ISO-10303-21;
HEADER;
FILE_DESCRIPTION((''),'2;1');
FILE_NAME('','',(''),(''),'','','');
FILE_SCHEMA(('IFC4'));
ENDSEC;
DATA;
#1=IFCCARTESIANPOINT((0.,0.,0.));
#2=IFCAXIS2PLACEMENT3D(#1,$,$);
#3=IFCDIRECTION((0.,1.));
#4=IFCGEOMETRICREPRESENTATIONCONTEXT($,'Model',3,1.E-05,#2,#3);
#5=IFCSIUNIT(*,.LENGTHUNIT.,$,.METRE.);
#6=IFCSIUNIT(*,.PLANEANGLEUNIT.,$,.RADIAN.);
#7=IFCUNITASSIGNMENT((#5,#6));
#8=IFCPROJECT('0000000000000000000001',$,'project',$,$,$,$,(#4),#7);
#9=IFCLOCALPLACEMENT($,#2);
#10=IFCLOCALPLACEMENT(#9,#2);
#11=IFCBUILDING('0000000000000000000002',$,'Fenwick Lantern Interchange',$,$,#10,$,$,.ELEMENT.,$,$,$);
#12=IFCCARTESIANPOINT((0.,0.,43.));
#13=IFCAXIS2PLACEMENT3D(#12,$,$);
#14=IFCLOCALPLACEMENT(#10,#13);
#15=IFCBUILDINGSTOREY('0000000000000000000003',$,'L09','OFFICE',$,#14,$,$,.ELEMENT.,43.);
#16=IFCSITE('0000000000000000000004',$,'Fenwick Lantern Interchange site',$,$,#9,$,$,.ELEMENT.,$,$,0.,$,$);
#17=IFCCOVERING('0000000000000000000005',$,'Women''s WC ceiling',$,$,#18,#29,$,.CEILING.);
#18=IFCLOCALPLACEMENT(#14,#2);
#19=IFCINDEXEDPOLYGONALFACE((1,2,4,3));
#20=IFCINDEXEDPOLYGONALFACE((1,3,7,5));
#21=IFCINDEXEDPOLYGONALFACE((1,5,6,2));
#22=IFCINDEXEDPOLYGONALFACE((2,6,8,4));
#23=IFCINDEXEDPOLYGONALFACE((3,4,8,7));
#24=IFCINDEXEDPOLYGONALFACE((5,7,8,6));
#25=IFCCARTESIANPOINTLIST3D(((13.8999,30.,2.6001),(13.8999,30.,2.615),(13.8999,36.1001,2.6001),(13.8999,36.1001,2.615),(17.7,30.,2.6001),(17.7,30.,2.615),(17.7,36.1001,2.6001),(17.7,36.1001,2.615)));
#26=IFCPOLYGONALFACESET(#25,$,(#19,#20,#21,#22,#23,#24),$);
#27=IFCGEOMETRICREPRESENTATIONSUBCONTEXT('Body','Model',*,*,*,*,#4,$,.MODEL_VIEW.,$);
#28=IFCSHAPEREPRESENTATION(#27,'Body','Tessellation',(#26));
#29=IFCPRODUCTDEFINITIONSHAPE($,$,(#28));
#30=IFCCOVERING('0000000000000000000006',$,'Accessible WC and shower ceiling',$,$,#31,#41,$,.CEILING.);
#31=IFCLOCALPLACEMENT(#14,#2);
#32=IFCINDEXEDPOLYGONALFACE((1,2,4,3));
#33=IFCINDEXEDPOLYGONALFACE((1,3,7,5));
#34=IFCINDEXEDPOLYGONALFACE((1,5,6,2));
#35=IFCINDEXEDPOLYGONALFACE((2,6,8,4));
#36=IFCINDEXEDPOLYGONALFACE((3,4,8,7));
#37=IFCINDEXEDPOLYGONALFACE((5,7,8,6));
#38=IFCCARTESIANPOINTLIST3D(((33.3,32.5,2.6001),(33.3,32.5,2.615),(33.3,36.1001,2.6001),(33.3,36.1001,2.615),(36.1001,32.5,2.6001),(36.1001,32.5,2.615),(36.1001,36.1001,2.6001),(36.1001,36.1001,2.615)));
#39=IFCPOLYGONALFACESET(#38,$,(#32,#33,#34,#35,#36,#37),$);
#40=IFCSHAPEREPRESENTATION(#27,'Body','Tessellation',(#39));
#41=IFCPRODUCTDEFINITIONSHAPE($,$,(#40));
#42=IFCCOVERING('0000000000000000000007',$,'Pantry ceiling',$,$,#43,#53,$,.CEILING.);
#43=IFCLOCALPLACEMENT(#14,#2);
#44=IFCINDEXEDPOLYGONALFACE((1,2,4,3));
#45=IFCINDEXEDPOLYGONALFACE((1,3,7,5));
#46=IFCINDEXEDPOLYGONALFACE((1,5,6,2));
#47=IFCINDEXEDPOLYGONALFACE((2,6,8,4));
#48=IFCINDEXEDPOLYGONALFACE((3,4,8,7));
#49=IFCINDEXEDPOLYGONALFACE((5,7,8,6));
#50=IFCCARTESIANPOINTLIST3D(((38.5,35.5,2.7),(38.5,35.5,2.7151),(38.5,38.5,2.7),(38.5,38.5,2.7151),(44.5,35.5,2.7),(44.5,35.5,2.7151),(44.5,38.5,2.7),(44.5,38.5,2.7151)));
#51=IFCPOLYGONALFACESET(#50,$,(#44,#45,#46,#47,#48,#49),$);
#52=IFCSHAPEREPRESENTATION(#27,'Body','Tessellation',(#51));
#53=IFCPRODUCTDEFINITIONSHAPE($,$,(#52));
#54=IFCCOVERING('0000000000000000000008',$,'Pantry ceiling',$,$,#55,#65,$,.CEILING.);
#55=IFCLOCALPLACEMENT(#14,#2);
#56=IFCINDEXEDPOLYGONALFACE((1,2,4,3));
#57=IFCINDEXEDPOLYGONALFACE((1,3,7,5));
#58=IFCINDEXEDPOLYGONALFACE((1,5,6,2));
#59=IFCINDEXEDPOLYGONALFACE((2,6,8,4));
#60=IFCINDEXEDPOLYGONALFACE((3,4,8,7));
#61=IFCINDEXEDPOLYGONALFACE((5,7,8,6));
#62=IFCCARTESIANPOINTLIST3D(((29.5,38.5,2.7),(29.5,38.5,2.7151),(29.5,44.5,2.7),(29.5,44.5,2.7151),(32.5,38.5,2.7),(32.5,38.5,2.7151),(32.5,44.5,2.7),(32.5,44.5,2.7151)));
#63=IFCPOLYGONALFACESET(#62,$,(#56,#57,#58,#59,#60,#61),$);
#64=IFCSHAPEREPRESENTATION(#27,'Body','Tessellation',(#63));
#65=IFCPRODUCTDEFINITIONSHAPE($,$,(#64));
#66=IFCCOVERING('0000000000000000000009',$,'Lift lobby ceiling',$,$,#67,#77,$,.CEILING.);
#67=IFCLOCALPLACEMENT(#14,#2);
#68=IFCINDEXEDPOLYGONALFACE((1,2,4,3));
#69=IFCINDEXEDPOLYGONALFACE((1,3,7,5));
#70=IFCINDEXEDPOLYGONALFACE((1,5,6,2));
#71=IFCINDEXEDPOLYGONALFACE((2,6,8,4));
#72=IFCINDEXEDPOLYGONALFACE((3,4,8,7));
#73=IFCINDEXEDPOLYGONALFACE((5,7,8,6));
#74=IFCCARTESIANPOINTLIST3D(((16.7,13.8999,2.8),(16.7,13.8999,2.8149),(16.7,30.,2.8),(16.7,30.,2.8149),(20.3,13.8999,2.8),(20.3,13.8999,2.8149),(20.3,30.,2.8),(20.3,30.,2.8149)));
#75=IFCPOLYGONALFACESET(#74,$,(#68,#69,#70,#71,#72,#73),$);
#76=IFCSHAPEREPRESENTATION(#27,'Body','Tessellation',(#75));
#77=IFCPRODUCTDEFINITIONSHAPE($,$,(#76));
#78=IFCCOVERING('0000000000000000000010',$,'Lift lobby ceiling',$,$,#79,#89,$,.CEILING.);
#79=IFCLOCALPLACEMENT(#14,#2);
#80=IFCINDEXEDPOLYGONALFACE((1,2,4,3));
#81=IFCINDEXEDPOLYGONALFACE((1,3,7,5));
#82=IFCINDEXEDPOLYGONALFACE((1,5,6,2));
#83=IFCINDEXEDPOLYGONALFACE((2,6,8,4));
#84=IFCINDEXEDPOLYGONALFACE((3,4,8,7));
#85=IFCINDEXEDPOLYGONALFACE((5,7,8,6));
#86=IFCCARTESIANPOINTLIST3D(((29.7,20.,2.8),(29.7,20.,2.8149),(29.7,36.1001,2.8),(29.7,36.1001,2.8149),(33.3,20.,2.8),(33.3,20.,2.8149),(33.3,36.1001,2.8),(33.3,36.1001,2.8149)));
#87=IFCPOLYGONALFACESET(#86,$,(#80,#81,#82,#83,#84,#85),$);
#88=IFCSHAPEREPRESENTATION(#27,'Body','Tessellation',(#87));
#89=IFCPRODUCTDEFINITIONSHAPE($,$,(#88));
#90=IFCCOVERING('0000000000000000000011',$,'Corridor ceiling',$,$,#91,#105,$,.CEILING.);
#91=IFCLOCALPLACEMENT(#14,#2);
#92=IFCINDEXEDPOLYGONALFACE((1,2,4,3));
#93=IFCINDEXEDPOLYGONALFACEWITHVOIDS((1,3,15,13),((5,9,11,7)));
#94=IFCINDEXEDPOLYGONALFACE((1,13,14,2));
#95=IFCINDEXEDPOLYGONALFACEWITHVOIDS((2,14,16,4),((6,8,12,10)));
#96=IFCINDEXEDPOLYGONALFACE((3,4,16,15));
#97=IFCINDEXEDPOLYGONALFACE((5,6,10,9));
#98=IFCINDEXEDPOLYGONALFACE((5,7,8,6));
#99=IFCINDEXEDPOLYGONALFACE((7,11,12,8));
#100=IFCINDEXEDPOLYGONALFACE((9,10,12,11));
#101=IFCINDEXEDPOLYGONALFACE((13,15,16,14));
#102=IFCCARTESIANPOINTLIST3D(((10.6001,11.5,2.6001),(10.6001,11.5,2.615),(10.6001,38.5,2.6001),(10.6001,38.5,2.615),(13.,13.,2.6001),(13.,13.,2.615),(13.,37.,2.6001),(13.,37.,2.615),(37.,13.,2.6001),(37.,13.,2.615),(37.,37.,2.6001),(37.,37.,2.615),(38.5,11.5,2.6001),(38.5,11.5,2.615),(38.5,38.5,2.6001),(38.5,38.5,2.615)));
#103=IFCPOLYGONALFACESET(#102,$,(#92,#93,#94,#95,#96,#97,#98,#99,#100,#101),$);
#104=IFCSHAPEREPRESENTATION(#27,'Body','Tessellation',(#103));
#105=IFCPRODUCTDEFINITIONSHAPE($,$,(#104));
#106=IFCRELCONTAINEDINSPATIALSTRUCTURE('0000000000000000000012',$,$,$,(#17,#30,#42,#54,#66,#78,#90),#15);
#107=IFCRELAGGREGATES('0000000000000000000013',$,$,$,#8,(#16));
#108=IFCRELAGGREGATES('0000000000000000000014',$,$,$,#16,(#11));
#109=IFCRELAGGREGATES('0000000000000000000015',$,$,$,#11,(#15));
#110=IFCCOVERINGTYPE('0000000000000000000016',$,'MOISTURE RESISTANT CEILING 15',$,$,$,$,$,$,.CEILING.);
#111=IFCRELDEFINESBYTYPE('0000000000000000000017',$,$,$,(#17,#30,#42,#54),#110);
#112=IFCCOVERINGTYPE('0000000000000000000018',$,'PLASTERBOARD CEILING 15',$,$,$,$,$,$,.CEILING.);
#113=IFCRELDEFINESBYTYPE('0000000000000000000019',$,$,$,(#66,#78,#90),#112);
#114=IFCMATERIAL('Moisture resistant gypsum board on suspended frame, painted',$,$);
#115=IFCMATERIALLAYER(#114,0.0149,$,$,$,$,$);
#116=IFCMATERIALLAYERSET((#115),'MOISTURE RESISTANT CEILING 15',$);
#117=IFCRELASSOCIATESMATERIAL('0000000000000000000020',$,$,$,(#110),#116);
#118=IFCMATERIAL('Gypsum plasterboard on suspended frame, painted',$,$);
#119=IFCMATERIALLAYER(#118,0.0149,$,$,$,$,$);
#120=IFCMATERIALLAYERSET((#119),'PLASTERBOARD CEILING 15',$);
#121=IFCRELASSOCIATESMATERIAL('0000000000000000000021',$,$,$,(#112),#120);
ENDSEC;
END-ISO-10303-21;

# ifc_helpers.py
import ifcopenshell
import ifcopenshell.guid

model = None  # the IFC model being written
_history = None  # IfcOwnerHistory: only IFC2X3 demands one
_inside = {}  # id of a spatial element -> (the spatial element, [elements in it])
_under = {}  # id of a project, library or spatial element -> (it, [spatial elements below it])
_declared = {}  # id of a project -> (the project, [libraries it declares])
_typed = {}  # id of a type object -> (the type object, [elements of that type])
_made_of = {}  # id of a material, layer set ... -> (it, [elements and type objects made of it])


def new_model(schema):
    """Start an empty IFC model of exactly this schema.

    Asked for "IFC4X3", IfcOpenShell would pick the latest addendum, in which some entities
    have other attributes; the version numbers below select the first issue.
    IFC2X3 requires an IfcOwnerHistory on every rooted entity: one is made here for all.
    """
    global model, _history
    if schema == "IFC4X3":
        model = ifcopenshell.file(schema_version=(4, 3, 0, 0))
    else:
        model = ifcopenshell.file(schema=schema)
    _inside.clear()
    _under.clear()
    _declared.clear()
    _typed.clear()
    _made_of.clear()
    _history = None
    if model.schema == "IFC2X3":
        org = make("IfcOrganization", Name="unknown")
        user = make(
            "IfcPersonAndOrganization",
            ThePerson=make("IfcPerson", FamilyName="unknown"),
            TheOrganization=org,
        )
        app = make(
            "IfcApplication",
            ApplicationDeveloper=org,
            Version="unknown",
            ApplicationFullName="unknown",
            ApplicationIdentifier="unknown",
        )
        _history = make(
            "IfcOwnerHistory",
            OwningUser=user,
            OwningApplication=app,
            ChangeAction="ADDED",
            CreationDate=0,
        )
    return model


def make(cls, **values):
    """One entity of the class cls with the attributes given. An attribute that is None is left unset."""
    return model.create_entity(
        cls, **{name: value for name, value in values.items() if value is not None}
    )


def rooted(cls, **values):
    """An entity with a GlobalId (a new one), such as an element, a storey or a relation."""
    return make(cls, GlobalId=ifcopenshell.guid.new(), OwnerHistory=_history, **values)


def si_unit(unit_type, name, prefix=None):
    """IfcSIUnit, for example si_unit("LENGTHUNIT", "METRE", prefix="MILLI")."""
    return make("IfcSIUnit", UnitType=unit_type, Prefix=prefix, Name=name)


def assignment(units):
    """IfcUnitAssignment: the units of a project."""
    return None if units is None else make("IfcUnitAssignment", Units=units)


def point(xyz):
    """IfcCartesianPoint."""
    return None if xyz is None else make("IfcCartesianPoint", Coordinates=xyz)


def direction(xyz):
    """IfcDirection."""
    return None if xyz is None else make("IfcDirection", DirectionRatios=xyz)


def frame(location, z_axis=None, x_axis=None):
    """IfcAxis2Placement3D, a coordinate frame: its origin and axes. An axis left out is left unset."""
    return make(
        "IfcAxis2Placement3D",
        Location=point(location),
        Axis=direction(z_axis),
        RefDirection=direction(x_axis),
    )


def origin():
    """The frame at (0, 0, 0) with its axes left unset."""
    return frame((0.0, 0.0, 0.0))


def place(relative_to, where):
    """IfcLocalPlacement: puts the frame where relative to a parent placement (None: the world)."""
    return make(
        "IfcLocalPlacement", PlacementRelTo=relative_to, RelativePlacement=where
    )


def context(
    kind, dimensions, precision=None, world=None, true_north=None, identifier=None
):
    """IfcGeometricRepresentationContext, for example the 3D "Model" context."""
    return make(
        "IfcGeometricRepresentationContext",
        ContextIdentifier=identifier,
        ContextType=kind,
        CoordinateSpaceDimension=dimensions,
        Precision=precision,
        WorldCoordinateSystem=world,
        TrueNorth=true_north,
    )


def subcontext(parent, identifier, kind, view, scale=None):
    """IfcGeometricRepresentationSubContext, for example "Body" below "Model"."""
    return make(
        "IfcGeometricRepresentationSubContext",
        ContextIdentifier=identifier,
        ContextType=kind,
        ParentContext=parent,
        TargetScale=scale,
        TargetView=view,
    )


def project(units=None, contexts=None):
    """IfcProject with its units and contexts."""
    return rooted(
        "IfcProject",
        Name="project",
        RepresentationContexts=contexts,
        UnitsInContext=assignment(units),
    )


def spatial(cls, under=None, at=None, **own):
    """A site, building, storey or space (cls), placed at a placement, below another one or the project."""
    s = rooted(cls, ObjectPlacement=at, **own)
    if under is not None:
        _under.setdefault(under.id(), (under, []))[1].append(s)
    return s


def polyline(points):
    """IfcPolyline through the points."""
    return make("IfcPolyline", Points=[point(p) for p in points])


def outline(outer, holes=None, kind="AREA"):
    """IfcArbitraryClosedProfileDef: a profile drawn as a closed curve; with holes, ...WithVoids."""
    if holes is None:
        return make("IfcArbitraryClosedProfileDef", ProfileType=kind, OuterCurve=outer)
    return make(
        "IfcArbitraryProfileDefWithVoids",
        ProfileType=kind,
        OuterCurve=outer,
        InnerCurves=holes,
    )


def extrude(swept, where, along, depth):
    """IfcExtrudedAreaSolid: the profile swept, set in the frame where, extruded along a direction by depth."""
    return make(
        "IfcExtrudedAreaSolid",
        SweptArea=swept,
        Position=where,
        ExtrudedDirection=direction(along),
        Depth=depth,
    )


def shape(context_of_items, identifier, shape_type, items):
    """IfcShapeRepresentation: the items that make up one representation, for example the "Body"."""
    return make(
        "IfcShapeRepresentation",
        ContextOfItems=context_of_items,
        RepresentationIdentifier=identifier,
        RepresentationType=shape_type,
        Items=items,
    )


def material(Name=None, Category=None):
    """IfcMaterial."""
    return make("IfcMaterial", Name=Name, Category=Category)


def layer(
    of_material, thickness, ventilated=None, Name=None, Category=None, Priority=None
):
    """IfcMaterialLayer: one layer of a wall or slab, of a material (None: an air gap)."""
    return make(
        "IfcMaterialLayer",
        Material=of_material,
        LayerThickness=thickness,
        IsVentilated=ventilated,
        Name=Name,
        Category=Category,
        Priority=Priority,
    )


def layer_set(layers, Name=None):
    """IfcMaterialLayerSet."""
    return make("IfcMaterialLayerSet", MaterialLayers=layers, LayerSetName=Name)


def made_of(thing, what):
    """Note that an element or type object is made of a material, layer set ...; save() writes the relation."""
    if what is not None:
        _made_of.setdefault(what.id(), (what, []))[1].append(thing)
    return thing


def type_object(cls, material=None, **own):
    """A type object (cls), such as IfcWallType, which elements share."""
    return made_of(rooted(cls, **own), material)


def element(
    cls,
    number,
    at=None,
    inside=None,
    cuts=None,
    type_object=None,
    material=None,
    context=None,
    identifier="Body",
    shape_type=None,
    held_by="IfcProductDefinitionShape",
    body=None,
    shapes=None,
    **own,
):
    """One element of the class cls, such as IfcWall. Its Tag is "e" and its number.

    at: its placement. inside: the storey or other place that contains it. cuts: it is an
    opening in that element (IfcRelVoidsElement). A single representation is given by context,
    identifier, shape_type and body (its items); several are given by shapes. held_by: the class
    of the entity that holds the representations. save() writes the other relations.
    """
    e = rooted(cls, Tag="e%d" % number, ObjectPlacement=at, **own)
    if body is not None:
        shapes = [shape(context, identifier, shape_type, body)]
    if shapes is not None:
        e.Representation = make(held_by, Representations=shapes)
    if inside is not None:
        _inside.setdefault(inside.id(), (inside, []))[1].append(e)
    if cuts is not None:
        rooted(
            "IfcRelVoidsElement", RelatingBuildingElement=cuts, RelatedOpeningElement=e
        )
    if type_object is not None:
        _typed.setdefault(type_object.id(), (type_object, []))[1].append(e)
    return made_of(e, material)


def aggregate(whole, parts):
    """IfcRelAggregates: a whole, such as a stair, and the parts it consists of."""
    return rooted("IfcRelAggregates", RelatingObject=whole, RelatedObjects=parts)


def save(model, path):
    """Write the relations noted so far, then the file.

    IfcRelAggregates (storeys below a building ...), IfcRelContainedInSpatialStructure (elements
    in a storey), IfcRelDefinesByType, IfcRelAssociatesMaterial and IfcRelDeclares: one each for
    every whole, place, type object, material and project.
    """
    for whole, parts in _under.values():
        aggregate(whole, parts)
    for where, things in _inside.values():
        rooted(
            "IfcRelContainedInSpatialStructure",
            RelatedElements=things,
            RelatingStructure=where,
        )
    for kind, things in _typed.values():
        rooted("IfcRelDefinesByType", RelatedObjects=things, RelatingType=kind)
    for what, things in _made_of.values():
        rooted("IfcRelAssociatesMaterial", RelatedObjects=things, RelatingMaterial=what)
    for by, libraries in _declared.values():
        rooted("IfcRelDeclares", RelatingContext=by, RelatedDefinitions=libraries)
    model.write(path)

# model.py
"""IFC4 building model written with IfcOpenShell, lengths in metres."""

from ifc_helpers import new_model, si_unit, direction, frame, origin, place, context, subcontext, project, spatial, polyline, outline, extrude, material, layer, layer_set, type_object, element, save


model = new_model("IFC4")

# Units and contexts
model_context = context("Model", 3, precision=1e-05, world=origin(), true_north=direction((0.0, 1.0)))
body_context = subcontext(model_context, "Body", "Model", "MODEL_VIEW")
ifc_project = project(units=[si_unit("LENGTHUNIT", "METRE"), si_unit("PLANEANGLEUNIT", "RADIAN")], contexts=[model_context])

# Site, building, storey
site_placement = place(None, origin())
site = spatial("IfcSite", under=ifc_project, at=site_placement, Name="Fenwick Lantern Interchange site", CompositionType="ELEMENT", RefElevation=0.0)
building_placement = place(site_placement, origin())
building = spatial("IfcBuilding", under=site, at=building_placement, Name="Fenwick Lantern Interchange", CompositionType="ELEMENT")
storey_placement = place(building_placement, frame((0.0, 0.0, 43.0)))
storey = spatial("IfcBuildingStorey", under=building, at=storey_placement, Name="L09", Description="OFFICE", CompositionType="ELEMENT", Elevation=43.0)

# Coverings
ifc_material_1 = material(Name="Moisture resistant gypsum board on suspended frame, painted")
ifc_layer_1 = layer(ifc_material_1, 0.0149)
ifc_layer_set_1 = layer_set([ifc_layer_1], Name="MOISTURE RESISTANT CEILING 15")
covering_type_1 = type_object("IfcCoveringType", Name="MOISTURE RESISTANT CEILING 15", PredefinedType="CEILING", material=ifc_layer_set_1)
covering_1_placement = place(storey_placement, frame((0.0, 0.0, 2.6001)))
element("IfcCovering", 1, at=covering_1_placement, inside=storey, type_object=covering_type_1, Name="Women's WC ceiling", PredefinedType="CEILING", context=body_context, shape_type="SweptSolid", body=[
    extrude(outline(polyline([(17.7, 36.1001), (13.8999, 36.1001), (13.8999, 30.0), (17.7, 30.0), (17.7, 36.1001)])), origin(), (0.0, 0.0, 1.0), 0.0149),
])
covering_2_placement = place(storey_placement, frame((0.0, 0.0, 2.6001)))
element("IfcCovering", 2, at=covering_2_placement, inside=storey, type_object=covering_type_1, Name="Accessible WC and shower ceiling", PredefinedType="CEILING", context=body_context, shape_type="SweptSolid", body=[
    extrude(outline(polyline([(36.1001, 36.1001), (33.3, 36.1001), (33.3, 32.5), (36.1001, 32.5), (36.1001, 36.1001)])), origin(), (0.0, 0.0, 1.0), 0.0149),
])
covering_3_placement = place(storey_placement, frame((0.0, 0.0, 2.7)))
element("IfcCovering", 3, at=covering_3_placement, inside=storey, type_object=covering_type_1, Name="Pantry ceiling", PredefinedType="CEILING", context=body_context, shape_type="SweptSolid", body=[
    extrude(outline(polyline([(44.5, 35.5), (44.5, 38.5), (38.5, 38.5), (38.5, 35.5), (44.5, 35.5)])), origin(), (0.0, 0.0, 1.0), 0.0151),
])
covering_4_placement = place(storey_placement, frame((0.0, 0.0, 2.7)))
element("IfcCovering", 4, at=covering_4_placement, inside=storey, type_object=covering_type_1, Name="Pantry ceiling", PredefinedType="CEILING", context=body_context, shape_type="SweptSolid", body=[
    extrude(outline(polyline([(32.5, 44.5), (29.5, 44.5), (29.5, 38.5), (32.5, 38.5), (32.5, 44.5)])), origin(), (0.0, 0.0, 1.0), 0.0151),
])
ifc_material_2 = material(Name="Gypsum plasterboard on suspended frame, painted")
ifc_layer_2 = layer(ifc_material_2, 0.0149)
ifc_layer_set_2 = layer_set([ifc_layer_2], Name="PLASTERBOARD CEILING 15")
covering_type_2 = type_object("IfcCoveringType", Name="PLASTERBOARD CEILING 15", PredefinedType="CEILING", material=ifc_layer_set_2)
covering_5_placement = place(storey_placement, frame((0.0, 0.0, 2.8)))
element("IfcCovering", 5, at=covering_5_placement, inside=storey, type_object=covering_type_2, Name="Lift lobby ceiling", PredefinedType="CEILING", context=body_context, shape_type="SweptSolid", body=[
    extrude(outline(polyline([(16.7, 13.8999), (20.3, 13.8999), (20.3, 30.0), (16.7, 30.0), (16.7, 13.8999)])), origin(), (0.0, 0.0, 1.0), 0.0149),
])
covering_6_placement = place(storey_placement, frame((0.0, 0.0, 2.8)))
element("IfcCovering", 6, at=covering_6_placement, inside=storey, type_object=covering_type_2, Name="Lift lobby ceiling", PredefinedType="CEILING", context=body_context, shape_type="SweptSolid", body=[
    extrude(outline(polyline([(33.3, 36.1001), (29.7, 36.1001), (29.7, 20.0), (33.3, 20.0), (33.3, 36.1001)])), origin(), (0.0, 0.0, 1.0), 0.0149),
])
covering_7_placement = place(storey_placement, frame((0.0, 0.0, 2.6001)))
element("IfcCovering", 7, at=covering_7_placement, inside=storey, type_object=covering_type_2, Name="Corridor ceiling", PredefinedType="CEILING", context=body_context, shape_type="SweptSolid", body=[
    extrude(outline(polyline([(10.6001, 11.5), (38.5, 11.5), (38.5, 38.5), (10.6001, 38.5), (10.6001, 11.5)]), holes=[polyline([(37.0, 37.0), (37.0, 13.0), (13.0, 13.0), (13.0, 37.0), (37.0, 37.0)])]), origin(), (0.0, 0.0, 1.0), 0.0149),
])

save(model, "model.ifc")
